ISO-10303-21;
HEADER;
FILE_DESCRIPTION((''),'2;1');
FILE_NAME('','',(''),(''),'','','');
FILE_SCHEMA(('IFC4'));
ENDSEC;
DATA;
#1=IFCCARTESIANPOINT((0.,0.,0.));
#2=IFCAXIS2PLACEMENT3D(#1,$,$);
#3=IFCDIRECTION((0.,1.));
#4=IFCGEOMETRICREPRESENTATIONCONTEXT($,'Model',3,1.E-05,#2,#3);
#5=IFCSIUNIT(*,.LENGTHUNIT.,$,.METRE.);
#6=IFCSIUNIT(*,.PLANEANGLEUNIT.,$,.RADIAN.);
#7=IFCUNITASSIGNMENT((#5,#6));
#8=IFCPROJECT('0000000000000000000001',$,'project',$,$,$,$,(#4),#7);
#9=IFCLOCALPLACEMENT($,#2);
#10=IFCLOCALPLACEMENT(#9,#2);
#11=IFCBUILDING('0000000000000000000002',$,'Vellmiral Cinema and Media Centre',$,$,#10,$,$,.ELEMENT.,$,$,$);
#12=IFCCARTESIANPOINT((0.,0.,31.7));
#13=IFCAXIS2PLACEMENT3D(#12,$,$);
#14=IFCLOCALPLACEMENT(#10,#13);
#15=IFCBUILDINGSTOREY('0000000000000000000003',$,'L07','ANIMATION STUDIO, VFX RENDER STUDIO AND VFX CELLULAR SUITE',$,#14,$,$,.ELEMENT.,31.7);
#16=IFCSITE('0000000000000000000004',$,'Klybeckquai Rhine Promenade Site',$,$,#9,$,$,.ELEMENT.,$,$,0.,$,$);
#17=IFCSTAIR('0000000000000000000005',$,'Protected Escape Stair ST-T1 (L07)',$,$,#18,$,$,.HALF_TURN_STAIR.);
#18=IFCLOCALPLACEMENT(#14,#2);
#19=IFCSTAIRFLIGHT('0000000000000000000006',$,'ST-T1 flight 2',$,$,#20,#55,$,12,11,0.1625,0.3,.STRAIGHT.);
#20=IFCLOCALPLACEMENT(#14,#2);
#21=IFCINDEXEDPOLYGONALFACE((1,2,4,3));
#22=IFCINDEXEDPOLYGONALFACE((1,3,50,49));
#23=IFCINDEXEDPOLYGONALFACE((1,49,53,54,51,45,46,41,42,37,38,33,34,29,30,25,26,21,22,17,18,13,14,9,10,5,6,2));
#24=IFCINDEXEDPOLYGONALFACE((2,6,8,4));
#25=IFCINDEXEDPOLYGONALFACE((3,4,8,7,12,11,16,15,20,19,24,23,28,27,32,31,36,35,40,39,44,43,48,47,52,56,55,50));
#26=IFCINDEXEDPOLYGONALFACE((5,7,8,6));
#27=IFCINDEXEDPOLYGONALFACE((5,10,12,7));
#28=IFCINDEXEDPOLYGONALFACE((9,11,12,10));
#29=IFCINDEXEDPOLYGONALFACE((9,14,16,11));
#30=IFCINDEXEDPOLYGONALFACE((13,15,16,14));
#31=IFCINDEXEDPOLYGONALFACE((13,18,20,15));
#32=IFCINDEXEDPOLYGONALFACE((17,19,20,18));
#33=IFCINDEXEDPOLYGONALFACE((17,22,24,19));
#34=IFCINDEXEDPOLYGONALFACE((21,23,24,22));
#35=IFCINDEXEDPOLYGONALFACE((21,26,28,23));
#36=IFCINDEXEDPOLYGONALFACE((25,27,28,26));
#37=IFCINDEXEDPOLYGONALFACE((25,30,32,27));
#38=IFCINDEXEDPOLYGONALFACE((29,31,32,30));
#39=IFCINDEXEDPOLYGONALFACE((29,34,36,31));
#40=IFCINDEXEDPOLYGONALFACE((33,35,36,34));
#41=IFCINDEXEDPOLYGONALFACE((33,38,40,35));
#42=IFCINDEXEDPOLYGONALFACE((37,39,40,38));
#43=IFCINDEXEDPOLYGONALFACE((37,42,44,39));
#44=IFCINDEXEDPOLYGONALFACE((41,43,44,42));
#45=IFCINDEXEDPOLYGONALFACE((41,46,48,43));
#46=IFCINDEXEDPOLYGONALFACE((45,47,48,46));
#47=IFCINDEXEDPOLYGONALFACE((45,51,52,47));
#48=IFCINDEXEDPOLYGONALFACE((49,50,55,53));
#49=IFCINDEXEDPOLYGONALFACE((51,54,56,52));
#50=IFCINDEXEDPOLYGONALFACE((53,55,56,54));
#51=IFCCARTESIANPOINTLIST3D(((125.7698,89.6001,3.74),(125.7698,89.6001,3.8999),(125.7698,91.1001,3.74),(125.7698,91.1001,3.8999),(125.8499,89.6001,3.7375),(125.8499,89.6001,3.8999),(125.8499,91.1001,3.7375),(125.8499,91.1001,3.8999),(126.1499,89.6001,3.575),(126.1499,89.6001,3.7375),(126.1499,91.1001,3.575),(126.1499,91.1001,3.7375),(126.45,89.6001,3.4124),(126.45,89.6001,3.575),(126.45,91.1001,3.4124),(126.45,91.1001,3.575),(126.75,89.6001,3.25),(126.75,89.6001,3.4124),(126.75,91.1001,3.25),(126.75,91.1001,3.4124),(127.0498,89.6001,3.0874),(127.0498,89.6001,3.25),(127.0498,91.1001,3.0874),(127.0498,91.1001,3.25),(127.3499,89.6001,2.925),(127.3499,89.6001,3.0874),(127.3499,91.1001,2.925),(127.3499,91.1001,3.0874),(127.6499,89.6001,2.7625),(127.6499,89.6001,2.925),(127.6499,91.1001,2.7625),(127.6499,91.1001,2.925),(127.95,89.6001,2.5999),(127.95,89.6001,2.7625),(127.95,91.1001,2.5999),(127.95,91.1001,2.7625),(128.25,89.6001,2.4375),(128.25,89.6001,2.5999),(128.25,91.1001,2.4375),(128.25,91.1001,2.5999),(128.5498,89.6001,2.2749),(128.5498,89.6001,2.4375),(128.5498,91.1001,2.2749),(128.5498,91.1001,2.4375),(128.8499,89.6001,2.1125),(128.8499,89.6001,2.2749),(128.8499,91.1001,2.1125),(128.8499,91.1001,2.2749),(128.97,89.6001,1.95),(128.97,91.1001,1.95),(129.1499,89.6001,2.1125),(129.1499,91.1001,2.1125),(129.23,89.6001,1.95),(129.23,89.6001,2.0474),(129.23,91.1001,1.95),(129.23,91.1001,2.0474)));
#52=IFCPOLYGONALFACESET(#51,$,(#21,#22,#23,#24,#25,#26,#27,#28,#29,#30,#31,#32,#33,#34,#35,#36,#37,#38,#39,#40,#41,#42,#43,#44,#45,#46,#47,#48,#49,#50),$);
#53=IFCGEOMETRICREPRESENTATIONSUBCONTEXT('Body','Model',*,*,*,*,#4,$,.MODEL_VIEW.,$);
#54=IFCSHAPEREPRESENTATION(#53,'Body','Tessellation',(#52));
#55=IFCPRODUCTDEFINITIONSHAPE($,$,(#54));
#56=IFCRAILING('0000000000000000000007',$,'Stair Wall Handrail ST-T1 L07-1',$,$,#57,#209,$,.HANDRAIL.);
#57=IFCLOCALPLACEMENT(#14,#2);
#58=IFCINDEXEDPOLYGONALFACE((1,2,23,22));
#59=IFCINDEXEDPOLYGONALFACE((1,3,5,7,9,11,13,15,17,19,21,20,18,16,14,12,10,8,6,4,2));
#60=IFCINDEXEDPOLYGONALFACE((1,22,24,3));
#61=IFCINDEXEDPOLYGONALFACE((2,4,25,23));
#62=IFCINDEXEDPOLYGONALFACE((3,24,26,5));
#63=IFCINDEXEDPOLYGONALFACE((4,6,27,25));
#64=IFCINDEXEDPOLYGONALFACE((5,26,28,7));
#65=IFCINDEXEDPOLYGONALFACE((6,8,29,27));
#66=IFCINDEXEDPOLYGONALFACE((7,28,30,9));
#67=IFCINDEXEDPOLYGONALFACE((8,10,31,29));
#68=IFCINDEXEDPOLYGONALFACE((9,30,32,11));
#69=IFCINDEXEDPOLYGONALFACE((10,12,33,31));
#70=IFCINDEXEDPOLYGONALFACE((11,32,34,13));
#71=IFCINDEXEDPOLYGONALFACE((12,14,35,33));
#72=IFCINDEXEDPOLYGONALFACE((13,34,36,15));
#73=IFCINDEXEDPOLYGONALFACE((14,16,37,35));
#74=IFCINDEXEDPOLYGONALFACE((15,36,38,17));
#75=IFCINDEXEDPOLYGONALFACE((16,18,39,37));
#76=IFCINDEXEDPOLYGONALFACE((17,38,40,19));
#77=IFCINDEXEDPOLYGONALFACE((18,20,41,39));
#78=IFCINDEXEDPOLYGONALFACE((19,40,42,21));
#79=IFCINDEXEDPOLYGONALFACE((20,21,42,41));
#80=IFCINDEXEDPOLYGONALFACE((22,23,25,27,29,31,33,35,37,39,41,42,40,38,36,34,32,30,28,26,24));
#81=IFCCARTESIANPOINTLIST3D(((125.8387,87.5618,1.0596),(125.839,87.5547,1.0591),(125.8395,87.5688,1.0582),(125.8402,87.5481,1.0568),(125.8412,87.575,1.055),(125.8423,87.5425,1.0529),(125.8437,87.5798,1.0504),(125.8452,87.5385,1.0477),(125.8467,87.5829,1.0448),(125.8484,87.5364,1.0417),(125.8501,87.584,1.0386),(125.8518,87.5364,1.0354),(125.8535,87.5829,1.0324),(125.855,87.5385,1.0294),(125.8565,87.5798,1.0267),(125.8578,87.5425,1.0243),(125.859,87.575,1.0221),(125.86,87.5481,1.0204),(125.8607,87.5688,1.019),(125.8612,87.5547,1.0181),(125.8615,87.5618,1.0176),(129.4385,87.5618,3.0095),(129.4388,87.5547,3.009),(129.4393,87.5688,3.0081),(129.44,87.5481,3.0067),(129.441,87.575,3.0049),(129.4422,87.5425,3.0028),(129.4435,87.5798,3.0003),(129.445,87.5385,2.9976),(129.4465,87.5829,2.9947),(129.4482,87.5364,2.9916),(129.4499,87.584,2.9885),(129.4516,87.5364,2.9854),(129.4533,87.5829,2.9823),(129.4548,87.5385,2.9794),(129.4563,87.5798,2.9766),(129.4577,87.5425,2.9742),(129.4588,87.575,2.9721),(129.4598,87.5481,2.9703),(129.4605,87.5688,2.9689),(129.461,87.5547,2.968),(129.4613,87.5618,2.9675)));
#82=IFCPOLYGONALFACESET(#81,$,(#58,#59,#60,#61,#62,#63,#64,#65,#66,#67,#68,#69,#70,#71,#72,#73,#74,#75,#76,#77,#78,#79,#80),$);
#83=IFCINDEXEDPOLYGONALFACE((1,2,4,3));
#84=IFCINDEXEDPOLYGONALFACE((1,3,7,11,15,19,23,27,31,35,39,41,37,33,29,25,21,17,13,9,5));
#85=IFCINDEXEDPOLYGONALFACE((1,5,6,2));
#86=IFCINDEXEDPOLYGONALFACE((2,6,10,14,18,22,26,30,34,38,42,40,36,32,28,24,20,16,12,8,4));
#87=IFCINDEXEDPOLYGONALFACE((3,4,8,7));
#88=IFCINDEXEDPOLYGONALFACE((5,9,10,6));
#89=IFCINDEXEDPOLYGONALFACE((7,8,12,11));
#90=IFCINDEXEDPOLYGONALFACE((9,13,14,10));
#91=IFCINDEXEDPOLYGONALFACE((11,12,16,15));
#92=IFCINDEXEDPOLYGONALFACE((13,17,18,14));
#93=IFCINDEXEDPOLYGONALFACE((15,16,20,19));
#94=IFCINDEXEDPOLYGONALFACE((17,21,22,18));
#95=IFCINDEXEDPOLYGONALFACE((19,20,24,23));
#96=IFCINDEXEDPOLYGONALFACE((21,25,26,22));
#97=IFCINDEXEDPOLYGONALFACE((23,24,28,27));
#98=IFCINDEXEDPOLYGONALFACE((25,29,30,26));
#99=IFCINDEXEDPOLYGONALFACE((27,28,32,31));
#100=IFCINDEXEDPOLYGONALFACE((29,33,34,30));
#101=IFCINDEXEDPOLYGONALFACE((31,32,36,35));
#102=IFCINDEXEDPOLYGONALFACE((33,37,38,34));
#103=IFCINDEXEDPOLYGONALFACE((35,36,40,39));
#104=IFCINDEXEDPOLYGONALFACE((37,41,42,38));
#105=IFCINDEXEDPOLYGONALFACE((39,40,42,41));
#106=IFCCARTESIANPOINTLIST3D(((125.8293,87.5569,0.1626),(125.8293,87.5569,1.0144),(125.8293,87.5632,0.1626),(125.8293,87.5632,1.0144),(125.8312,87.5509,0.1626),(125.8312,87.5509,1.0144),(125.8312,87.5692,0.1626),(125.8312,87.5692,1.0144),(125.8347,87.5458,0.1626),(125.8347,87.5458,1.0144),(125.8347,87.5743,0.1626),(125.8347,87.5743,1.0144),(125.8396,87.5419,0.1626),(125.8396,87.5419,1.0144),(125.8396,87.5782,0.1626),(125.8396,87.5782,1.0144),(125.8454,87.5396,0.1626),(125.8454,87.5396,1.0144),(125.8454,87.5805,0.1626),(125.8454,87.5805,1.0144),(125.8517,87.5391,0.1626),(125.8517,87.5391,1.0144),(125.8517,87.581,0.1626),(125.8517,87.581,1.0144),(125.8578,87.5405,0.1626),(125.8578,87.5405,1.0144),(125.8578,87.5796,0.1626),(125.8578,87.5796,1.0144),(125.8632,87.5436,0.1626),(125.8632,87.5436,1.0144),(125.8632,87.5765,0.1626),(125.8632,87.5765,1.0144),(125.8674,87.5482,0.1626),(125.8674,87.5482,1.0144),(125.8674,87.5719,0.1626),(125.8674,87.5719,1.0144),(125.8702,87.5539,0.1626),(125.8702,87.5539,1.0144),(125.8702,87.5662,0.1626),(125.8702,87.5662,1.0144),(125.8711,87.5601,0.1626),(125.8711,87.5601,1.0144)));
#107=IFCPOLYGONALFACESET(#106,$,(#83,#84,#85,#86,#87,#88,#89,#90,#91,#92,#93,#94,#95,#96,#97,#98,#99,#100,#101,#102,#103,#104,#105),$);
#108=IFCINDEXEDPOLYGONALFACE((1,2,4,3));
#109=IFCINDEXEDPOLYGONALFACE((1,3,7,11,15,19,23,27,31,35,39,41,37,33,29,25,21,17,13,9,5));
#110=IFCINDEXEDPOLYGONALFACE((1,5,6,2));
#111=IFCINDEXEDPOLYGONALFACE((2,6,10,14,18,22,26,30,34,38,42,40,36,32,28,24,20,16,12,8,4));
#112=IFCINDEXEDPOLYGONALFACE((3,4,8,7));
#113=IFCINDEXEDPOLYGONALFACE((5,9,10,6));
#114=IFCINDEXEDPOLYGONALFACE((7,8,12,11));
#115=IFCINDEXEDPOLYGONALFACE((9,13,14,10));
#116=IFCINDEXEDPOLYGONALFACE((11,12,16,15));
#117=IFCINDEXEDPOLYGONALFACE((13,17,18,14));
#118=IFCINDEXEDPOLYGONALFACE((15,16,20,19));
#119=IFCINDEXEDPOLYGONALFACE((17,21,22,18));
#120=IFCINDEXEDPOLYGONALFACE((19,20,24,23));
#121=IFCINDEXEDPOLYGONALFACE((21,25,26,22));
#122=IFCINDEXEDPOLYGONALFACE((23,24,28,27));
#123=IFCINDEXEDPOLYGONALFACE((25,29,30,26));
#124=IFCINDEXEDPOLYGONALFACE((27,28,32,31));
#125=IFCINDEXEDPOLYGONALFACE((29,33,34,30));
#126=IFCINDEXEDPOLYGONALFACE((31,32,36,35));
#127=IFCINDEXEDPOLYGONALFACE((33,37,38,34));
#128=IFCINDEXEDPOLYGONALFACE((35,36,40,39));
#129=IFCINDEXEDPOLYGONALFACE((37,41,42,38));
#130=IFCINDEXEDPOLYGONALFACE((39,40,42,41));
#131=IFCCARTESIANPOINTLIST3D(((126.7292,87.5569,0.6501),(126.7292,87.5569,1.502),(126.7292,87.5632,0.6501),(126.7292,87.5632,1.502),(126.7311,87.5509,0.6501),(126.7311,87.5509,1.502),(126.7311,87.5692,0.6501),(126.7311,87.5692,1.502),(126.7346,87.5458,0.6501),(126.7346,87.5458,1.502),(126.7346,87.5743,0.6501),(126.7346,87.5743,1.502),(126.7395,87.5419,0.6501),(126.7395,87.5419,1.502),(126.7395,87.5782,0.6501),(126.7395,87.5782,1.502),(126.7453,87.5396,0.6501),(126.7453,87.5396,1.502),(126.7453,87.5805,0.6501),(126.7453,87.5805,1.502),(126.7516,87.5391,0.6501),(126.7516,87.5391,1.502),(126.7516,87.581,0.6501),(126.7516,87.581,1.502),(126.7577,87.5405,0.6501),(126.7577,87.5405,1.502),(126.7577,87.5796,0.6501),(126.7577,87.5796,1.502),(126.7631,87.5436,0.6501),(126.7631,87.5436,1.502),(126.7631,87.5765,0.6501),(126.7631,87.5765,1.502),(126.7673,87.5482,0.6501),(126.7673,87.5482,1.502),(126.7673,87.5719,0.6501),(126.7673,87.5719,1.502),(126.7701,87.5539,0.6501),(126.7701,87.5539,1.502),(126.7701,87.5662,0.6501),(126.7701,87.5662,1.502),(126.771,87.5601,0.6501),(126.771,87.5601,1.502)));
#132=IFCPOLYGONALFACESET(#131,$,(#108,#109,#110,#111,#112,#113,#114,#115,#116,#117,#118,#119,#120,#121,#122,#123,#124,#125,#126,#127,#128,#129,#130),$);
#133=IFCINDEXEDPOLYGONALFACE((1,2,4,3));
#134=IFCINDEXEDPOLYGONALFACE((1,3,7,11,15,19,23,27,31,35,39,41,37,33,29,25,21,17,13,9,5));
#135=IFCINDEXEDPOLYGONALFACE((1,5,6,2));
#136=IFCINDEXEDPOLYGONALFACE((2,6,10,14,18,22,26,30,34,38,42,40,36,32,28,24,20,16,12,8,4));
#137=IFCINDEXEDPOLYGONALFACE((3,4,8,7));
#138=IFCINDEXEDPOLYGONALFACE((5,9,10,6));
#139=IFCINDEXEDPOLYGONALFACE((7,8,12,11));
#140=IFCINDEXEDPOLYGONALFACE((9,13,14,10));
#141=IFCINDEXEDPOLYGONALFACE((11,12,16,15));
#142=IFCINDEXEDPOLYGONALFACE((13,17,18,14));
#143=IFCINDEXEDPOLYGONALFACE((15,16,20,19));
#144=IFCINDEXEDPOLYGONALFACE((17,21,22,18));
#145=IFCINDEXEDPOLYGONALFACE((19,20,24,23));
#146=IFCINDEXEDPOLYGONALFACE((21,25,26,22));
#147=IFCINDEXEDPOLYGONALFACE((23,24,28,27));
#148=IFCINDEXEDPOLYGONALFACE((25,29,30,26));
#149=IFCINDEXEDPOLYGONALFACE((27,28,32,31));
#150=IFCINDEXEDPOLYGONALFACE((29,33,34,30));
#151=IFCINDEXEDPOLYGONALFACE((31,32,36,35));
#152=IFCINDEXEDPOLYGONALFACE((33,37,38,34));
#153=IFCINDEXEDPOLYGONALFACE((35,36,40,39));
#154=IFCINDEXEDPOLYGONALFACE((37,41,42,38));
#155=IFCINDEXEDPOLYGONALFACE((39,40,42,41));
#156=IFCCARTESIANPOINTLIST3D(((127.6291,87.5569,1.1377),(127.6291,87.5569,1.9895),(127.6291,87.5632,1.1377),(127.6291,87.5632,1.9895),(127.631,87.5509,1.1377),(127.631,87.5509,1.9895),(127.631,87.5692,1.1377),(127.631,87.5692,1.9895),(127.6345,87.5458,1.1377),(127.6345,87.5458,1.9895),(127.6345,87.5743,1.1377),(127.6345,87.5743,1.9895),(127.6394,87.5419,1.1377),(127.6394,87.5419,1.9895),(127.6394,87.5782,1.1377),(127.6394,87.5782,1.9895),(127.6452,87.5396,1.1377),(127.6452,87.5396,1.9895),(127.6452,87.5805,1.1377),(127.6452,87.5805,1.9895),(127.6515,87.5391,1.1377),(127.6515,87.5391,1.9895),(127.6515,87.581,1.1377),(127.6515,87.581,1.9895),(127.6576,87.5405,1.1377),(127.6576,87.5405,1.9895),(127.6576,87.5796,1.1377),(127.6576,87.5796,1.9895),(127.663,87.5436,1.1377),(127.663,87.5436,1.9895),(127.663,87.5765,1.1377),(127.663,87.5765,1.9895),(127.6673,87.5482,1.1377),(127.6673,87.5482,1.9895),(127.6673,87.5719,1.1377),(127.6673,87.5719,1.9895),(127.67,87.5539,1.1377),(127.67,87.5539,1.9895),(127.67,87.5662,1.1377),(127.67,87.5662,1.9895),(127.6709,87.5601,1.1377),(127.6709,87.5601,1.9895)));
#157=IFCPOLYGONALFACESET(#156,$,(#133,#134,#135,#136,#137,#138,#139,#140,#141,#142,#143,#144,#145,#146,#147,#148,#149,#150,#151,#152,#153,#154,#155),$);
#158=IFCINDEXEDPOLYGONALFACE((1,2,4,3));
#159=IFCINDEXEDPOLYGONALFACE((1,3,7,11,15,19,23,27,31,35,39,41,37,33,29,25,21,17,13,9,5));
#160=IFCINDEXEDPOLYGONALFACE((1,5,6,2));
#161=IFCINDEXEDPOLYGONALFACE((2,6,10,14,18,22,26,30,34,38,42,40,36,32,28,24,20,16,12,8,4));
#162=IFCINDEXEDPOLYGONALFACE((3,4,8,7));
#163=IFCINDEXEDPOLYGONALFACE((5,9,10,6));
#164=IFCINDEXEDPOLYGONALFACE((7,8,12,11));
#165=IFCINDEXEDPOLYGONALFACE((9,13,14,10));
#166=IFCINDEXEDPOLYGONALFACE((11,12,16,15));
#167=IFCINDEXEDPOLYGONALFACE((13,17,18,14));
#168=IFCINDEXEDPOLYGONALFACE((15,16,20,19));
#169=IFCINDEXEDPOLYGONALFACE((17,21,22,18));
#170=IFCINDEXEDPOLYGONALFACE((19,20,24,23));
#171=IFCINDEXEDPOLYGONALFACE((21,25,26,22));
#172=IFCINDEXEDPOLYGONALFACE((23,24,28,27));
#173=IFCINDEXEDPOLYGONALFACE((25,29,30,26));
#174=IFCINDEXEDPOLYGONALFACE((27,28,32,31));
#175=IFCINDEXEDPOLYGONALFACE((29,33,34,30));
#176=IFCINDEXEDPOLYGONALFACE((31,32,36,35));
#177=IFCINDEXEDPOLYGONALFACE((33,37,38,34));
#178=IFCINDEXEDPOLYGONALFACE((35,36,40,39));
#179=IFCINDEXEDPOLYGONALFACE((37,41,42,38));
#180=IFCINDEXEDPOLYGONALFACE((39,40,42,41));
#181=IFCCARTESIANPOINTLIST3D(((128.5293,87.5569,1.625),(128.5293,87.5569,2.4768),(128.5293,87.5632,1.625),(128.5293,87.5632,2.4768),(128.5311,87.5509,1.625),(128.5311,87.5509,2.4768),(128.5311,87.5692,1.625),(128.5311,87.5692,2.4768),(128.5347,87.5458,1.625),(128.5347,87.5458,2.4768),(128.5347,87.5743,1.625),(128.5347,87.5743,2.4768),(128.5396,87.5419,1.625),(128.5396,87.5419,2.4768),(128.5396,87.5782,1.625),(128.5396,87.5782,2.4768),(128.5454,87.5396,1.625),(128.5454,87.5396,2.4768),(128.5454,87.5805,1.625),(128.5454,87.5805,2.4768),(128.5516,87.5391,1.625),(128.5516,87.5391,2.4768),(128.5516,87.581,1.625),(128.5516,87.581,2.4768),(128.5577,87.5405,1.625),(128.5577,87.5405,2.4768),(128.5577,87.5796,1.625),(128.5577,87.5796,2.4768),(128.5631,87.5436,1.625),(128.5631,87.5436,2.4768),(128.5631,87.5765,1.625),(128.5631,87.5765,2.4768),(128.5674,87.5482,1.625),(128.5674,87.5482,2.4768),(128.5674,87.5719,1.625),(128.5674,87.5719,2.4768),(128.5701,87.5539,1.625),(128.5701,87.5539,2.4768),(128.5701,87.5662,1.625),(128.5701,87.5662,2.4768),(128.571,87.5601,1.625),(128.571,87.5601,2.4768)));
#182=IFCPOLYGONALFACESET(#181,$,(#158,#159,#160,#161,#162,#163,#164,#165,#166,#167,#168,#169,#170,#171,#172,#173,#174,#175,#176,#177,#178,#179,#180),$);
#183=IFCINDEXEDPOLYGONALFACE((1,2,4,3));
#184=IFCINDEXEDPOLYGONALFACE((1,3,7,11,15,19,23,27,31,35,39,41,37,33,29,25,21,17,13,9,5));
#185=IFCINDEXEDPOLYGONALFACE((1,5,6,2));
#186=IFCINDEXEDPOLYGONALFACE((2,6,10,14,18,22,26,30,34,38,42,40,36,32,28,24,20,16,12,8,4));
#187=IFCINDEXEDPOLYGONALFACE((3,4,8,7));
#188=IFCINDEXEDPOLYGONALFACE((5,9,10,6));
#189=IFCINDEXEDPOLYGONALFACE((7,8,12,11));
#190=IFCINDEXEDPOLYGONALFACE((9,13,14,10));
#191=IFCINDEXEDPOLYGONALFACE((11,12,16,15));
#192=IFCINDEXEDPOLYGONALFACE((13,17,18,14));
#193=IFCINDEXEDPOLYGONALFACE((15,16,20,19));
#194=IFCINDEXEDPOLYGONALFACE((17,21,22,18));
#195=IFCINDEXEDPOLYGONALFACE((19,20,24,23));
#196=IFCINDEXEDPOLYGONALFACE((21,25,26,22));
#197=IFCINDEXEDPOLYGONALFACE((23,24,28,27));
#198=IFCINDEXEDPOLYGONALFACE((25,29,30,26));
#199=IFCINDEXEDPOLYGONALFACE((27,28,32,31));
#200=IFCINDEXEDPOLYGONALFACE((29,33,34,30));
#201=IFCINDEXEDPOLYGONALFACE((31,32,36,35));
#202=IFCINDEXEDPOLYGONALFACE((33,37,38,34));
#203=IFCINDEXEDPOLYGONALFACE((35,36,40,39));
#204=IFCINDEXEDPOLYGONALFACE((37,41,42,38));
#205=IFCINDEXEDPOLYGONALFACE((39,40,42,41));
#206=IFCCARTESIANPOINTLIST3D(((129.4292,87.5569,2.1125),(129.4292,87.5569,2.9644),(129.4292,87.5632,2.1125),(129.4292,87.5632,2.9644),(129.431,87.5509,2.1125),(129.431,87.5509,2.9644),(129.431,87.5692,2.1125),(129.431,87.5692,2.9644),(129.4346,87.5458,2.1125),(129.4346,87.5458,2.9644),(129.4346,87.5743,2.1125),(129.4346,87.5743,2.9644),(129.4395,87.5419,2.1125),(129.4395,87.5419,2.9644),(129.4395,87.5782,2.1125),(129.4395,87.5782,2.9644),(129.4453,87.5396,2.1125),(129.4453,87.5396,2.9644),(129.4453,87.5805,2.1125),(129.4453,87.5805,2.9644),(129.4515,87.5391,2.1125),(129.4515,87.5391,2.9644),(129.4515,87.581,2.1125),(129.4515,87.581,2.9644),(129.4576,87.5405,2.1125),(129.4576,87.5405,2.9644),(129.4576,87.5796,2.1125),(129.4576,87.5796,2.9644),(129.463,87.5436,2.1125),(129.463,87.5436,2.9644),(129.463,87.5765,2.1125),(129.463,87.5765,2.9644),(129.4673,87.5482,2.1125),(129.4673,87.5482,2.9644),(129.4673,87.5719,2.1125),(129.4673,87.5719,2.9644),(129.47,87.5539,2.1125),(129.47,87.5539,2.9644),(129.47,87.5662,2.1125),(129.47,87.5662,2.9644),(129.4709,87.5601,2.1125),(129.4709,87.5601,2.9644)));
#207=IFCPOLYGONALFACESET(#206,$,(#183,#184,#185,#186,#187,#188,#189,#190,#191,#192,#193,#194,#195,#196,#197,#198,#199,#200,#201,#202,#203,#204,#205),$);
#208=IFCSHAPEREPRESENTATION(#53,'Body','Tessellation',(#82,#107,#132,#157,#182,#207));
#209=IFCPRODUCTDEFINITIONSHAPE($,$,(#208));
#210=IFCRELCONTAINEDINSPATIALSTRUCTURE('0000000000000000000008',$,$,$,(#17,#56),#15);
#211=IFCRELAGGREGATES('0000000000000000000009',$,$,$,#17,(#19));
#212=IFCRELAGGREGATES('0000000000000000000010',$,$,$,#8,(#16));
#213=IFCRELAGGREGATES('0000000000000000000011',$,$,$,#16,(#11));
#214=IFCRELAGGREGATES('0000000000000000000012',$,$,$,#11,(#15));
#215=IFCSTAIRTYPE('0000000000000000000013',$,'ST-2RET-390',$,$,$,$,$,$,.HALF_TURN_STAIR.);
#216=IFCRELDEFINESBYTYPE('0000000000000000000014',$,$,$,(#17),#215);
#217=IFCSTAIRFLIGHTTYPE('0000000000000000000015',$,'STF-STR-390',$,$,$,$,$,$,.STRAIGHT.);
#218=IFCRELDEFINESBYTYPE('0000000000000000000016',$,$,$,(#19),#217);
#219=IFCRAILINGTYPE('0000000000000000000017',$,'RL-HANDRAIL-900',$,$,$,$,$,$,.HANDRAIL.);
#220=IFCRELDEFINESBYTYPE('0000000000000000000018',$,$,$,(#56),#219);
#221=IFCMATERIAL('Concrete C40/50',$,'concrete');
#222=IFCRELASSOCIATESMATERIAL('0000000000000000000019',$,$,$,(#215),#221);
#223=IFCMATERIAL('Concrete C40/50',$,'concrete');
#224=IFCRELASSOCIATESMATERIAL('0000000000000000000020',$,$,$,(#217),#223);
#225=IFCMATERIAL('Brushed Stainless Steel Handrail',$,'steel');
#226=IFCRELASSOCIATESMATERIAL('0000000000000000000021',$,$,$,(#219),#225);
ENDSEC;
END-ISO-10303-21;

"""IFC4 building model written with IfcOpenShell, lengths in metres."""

from ifc_helpers import new_model, si_unit, direction, frame, origin, origin_2d, place, context, subcontext, project, spatial, polyline, circle, outline, extrude, material, type_object, element, aggregate, save


model = new_model("IFC4")

# Units and contexts
model_context = context("Model", 3, precision=1e-05, world=origin(), true_north=direction((0.0, 1.0)))
body_context = subcontext(model_context, "Body", "Model", "MODEL_VIEW")
ifc_project = project(units=[si_unit("LENGTHUNIT", "METRE"), si_unit("PLANEANGLEUNIT", "RADIAN")], contexts=[model_context])

# Site, building, storey
site_placement = place(None, origin())
site = spatial("IfcSite", under=ifc_project, at=site_placement, Name="Klybeckquai Rhine Promenade Site", CompositionType="ELEMENT", RefElevation=0.0)
building_placement = place(site_placement, origin())
building = spatial("IfcBuilding", under=site, at=building_placement, Name="Vellmiral Cinema and Media Centre", CompositionType="ELEMENT")
storey_placement = place(building_placement, frame((0.0, 0.0, 31.7)))
storey = spatial("IfcBuildingStorey", under=building, at=storey_placement, Name="L07", Description="ANIMATION STUDIO, VFX RENDER STUDIO AND VFX CELLULAR SUITE", CompositionType="ELEMENT", Elevation=31.7)

# Stair, stair flight
ifc_material_1 = material(Name="Concrete C40/50", Category="concrete")
stair_type = type_object("IfcStairType", Name="ST-2RET-390", PredefinedType="HALF_TURN_STAIR", material=ifc_material_1)
stair_placement = place(storey_placement, origin())
stair = element("IfcStair", 1, at=stair_placement, inside=storey, type_object=stair_type, Name="Protected Escape Stair ST-T1 (L07)", PredefinedType="HALF_TURN_STAIR")
ifc_material_2 = material(Name="Concrete C40/50", Category="concrete")
stair_flight_type = type_object("IfcStairFlightType", Name="STF-STR-390", PredefinedType="STRAIGHT", material=ifc_material_2)
stair_flight_1_placement = place(storey_placement, frame((129.1499, 90.3501, 1.95), z_axis=(0.0, 0.0, 1.0), x_axis=(-1.0, 0.0, 0.0)))
stair_flight_1 = element("IfcStairFlight", 2, at=stair_flight_1_placement, type_object=stair_flight_type, Name="ST-T1 flight 2", NumberOfRisers=12, NumberOfTreads=11, PredefinedType="STRAIGHT", RiserHeight=0.1625, TreadLength=0.3, context=body_context, shape_type="SweptSolid", body=[
    extrude(outline(polyline([(-0.0801, 0.0), (-0.0801, 0.0974), (0.0, 0.1626), (0.3, 0.1626), (0.3, 0.325), (0.6001, 0.325), (0.6001, 0.4875), (0.8999, 0.4875), (0.8999, 0.6499), (1.2, 0.6499), (1.2, 0.8125), (1.5, 0.8125), (1.5, 0.9751), (1.8, 0.9751), (1.8, 1.1375), (2.1001, 1.1375), (2.1001, 1.3), (2.3999, 1.3), (2.3999, 1.4624), (2.7, 1.4624), (2.7, 1.625), (3.0, 1.625), (3.0, 1.7876), (3.3, 1.7876), (3.3, 1.95), (3.3801, 1.95), (3.3801, 1.79), (0.1799, 0.0), (-0.0801, 0.0)])), frame((0.0, 0.75, 0.0), z_axis=(0.0, -1.0, 0.0), x_axis=(1.0, 0.0, 0.0)), (0.0, 0.0, 1.0), 1.5),
])
aggregate(stair, [stair_flight_1])

# Railing
ifc_material_3 = material(Name="Brushed Stainless Steel Handrail", Category="steel")
railing_type_1 = type_object("IfcRailingType", Name="RL-HANDRAIL-900", PredefinedType="HANDRAIL", material=ifc_material_3)
railing_1_placement = place(storey_placement, frame((125.8501, 87.5601, 0.1626)))
element("IfcRailing", 3, at=railing_1_placement, inside=storey, type_object=railing_type_1, Name="Stair Wall Handrail ST-T1 L07-1", PredefinedType="HANDRAIL", context=body_context, shape_type="SweptSolid", body=[
    extrude(circle(Radius=0.0239, at=origin_2d()), frame((0.0, 0.0, 0.876), z_axis=(0.879289, 0.0, 0.476289), x_axis=(0.0, 1.0, 0.0)), (0.0, 0.0, 1.0), 4.094),
    extrude(circle(Radius=0.021, at=origin_2d()), origin(), (0.0, 0.0, 1.0), 0.8518),
    extrude(circle(Radius=0.021, at=origin_2d()), frame((0.8999, 0.0, 0.4875)), (0.0, 0.0, 1.0), 0.8518),
    extrude(circle(Radius=0.021, at=origin_2d()), frame((1.7998, 0.0, 0.9751)), (0.0, 0.0, 1.0), 0.8518),
    extrude(circle(Radius=0.021, at=origin_2d()), frame((2.7, 0.0, 1.4624)), (0.0, 0.0, 1.0), 0.8518),
    extrude(circle(Radius=0.021, at=origin_2d()), frame((3.5999, 0.0, 1.95)), (0.0, 0.0, 1.0), 0.8518),
])

save(model, "model.ifc")
